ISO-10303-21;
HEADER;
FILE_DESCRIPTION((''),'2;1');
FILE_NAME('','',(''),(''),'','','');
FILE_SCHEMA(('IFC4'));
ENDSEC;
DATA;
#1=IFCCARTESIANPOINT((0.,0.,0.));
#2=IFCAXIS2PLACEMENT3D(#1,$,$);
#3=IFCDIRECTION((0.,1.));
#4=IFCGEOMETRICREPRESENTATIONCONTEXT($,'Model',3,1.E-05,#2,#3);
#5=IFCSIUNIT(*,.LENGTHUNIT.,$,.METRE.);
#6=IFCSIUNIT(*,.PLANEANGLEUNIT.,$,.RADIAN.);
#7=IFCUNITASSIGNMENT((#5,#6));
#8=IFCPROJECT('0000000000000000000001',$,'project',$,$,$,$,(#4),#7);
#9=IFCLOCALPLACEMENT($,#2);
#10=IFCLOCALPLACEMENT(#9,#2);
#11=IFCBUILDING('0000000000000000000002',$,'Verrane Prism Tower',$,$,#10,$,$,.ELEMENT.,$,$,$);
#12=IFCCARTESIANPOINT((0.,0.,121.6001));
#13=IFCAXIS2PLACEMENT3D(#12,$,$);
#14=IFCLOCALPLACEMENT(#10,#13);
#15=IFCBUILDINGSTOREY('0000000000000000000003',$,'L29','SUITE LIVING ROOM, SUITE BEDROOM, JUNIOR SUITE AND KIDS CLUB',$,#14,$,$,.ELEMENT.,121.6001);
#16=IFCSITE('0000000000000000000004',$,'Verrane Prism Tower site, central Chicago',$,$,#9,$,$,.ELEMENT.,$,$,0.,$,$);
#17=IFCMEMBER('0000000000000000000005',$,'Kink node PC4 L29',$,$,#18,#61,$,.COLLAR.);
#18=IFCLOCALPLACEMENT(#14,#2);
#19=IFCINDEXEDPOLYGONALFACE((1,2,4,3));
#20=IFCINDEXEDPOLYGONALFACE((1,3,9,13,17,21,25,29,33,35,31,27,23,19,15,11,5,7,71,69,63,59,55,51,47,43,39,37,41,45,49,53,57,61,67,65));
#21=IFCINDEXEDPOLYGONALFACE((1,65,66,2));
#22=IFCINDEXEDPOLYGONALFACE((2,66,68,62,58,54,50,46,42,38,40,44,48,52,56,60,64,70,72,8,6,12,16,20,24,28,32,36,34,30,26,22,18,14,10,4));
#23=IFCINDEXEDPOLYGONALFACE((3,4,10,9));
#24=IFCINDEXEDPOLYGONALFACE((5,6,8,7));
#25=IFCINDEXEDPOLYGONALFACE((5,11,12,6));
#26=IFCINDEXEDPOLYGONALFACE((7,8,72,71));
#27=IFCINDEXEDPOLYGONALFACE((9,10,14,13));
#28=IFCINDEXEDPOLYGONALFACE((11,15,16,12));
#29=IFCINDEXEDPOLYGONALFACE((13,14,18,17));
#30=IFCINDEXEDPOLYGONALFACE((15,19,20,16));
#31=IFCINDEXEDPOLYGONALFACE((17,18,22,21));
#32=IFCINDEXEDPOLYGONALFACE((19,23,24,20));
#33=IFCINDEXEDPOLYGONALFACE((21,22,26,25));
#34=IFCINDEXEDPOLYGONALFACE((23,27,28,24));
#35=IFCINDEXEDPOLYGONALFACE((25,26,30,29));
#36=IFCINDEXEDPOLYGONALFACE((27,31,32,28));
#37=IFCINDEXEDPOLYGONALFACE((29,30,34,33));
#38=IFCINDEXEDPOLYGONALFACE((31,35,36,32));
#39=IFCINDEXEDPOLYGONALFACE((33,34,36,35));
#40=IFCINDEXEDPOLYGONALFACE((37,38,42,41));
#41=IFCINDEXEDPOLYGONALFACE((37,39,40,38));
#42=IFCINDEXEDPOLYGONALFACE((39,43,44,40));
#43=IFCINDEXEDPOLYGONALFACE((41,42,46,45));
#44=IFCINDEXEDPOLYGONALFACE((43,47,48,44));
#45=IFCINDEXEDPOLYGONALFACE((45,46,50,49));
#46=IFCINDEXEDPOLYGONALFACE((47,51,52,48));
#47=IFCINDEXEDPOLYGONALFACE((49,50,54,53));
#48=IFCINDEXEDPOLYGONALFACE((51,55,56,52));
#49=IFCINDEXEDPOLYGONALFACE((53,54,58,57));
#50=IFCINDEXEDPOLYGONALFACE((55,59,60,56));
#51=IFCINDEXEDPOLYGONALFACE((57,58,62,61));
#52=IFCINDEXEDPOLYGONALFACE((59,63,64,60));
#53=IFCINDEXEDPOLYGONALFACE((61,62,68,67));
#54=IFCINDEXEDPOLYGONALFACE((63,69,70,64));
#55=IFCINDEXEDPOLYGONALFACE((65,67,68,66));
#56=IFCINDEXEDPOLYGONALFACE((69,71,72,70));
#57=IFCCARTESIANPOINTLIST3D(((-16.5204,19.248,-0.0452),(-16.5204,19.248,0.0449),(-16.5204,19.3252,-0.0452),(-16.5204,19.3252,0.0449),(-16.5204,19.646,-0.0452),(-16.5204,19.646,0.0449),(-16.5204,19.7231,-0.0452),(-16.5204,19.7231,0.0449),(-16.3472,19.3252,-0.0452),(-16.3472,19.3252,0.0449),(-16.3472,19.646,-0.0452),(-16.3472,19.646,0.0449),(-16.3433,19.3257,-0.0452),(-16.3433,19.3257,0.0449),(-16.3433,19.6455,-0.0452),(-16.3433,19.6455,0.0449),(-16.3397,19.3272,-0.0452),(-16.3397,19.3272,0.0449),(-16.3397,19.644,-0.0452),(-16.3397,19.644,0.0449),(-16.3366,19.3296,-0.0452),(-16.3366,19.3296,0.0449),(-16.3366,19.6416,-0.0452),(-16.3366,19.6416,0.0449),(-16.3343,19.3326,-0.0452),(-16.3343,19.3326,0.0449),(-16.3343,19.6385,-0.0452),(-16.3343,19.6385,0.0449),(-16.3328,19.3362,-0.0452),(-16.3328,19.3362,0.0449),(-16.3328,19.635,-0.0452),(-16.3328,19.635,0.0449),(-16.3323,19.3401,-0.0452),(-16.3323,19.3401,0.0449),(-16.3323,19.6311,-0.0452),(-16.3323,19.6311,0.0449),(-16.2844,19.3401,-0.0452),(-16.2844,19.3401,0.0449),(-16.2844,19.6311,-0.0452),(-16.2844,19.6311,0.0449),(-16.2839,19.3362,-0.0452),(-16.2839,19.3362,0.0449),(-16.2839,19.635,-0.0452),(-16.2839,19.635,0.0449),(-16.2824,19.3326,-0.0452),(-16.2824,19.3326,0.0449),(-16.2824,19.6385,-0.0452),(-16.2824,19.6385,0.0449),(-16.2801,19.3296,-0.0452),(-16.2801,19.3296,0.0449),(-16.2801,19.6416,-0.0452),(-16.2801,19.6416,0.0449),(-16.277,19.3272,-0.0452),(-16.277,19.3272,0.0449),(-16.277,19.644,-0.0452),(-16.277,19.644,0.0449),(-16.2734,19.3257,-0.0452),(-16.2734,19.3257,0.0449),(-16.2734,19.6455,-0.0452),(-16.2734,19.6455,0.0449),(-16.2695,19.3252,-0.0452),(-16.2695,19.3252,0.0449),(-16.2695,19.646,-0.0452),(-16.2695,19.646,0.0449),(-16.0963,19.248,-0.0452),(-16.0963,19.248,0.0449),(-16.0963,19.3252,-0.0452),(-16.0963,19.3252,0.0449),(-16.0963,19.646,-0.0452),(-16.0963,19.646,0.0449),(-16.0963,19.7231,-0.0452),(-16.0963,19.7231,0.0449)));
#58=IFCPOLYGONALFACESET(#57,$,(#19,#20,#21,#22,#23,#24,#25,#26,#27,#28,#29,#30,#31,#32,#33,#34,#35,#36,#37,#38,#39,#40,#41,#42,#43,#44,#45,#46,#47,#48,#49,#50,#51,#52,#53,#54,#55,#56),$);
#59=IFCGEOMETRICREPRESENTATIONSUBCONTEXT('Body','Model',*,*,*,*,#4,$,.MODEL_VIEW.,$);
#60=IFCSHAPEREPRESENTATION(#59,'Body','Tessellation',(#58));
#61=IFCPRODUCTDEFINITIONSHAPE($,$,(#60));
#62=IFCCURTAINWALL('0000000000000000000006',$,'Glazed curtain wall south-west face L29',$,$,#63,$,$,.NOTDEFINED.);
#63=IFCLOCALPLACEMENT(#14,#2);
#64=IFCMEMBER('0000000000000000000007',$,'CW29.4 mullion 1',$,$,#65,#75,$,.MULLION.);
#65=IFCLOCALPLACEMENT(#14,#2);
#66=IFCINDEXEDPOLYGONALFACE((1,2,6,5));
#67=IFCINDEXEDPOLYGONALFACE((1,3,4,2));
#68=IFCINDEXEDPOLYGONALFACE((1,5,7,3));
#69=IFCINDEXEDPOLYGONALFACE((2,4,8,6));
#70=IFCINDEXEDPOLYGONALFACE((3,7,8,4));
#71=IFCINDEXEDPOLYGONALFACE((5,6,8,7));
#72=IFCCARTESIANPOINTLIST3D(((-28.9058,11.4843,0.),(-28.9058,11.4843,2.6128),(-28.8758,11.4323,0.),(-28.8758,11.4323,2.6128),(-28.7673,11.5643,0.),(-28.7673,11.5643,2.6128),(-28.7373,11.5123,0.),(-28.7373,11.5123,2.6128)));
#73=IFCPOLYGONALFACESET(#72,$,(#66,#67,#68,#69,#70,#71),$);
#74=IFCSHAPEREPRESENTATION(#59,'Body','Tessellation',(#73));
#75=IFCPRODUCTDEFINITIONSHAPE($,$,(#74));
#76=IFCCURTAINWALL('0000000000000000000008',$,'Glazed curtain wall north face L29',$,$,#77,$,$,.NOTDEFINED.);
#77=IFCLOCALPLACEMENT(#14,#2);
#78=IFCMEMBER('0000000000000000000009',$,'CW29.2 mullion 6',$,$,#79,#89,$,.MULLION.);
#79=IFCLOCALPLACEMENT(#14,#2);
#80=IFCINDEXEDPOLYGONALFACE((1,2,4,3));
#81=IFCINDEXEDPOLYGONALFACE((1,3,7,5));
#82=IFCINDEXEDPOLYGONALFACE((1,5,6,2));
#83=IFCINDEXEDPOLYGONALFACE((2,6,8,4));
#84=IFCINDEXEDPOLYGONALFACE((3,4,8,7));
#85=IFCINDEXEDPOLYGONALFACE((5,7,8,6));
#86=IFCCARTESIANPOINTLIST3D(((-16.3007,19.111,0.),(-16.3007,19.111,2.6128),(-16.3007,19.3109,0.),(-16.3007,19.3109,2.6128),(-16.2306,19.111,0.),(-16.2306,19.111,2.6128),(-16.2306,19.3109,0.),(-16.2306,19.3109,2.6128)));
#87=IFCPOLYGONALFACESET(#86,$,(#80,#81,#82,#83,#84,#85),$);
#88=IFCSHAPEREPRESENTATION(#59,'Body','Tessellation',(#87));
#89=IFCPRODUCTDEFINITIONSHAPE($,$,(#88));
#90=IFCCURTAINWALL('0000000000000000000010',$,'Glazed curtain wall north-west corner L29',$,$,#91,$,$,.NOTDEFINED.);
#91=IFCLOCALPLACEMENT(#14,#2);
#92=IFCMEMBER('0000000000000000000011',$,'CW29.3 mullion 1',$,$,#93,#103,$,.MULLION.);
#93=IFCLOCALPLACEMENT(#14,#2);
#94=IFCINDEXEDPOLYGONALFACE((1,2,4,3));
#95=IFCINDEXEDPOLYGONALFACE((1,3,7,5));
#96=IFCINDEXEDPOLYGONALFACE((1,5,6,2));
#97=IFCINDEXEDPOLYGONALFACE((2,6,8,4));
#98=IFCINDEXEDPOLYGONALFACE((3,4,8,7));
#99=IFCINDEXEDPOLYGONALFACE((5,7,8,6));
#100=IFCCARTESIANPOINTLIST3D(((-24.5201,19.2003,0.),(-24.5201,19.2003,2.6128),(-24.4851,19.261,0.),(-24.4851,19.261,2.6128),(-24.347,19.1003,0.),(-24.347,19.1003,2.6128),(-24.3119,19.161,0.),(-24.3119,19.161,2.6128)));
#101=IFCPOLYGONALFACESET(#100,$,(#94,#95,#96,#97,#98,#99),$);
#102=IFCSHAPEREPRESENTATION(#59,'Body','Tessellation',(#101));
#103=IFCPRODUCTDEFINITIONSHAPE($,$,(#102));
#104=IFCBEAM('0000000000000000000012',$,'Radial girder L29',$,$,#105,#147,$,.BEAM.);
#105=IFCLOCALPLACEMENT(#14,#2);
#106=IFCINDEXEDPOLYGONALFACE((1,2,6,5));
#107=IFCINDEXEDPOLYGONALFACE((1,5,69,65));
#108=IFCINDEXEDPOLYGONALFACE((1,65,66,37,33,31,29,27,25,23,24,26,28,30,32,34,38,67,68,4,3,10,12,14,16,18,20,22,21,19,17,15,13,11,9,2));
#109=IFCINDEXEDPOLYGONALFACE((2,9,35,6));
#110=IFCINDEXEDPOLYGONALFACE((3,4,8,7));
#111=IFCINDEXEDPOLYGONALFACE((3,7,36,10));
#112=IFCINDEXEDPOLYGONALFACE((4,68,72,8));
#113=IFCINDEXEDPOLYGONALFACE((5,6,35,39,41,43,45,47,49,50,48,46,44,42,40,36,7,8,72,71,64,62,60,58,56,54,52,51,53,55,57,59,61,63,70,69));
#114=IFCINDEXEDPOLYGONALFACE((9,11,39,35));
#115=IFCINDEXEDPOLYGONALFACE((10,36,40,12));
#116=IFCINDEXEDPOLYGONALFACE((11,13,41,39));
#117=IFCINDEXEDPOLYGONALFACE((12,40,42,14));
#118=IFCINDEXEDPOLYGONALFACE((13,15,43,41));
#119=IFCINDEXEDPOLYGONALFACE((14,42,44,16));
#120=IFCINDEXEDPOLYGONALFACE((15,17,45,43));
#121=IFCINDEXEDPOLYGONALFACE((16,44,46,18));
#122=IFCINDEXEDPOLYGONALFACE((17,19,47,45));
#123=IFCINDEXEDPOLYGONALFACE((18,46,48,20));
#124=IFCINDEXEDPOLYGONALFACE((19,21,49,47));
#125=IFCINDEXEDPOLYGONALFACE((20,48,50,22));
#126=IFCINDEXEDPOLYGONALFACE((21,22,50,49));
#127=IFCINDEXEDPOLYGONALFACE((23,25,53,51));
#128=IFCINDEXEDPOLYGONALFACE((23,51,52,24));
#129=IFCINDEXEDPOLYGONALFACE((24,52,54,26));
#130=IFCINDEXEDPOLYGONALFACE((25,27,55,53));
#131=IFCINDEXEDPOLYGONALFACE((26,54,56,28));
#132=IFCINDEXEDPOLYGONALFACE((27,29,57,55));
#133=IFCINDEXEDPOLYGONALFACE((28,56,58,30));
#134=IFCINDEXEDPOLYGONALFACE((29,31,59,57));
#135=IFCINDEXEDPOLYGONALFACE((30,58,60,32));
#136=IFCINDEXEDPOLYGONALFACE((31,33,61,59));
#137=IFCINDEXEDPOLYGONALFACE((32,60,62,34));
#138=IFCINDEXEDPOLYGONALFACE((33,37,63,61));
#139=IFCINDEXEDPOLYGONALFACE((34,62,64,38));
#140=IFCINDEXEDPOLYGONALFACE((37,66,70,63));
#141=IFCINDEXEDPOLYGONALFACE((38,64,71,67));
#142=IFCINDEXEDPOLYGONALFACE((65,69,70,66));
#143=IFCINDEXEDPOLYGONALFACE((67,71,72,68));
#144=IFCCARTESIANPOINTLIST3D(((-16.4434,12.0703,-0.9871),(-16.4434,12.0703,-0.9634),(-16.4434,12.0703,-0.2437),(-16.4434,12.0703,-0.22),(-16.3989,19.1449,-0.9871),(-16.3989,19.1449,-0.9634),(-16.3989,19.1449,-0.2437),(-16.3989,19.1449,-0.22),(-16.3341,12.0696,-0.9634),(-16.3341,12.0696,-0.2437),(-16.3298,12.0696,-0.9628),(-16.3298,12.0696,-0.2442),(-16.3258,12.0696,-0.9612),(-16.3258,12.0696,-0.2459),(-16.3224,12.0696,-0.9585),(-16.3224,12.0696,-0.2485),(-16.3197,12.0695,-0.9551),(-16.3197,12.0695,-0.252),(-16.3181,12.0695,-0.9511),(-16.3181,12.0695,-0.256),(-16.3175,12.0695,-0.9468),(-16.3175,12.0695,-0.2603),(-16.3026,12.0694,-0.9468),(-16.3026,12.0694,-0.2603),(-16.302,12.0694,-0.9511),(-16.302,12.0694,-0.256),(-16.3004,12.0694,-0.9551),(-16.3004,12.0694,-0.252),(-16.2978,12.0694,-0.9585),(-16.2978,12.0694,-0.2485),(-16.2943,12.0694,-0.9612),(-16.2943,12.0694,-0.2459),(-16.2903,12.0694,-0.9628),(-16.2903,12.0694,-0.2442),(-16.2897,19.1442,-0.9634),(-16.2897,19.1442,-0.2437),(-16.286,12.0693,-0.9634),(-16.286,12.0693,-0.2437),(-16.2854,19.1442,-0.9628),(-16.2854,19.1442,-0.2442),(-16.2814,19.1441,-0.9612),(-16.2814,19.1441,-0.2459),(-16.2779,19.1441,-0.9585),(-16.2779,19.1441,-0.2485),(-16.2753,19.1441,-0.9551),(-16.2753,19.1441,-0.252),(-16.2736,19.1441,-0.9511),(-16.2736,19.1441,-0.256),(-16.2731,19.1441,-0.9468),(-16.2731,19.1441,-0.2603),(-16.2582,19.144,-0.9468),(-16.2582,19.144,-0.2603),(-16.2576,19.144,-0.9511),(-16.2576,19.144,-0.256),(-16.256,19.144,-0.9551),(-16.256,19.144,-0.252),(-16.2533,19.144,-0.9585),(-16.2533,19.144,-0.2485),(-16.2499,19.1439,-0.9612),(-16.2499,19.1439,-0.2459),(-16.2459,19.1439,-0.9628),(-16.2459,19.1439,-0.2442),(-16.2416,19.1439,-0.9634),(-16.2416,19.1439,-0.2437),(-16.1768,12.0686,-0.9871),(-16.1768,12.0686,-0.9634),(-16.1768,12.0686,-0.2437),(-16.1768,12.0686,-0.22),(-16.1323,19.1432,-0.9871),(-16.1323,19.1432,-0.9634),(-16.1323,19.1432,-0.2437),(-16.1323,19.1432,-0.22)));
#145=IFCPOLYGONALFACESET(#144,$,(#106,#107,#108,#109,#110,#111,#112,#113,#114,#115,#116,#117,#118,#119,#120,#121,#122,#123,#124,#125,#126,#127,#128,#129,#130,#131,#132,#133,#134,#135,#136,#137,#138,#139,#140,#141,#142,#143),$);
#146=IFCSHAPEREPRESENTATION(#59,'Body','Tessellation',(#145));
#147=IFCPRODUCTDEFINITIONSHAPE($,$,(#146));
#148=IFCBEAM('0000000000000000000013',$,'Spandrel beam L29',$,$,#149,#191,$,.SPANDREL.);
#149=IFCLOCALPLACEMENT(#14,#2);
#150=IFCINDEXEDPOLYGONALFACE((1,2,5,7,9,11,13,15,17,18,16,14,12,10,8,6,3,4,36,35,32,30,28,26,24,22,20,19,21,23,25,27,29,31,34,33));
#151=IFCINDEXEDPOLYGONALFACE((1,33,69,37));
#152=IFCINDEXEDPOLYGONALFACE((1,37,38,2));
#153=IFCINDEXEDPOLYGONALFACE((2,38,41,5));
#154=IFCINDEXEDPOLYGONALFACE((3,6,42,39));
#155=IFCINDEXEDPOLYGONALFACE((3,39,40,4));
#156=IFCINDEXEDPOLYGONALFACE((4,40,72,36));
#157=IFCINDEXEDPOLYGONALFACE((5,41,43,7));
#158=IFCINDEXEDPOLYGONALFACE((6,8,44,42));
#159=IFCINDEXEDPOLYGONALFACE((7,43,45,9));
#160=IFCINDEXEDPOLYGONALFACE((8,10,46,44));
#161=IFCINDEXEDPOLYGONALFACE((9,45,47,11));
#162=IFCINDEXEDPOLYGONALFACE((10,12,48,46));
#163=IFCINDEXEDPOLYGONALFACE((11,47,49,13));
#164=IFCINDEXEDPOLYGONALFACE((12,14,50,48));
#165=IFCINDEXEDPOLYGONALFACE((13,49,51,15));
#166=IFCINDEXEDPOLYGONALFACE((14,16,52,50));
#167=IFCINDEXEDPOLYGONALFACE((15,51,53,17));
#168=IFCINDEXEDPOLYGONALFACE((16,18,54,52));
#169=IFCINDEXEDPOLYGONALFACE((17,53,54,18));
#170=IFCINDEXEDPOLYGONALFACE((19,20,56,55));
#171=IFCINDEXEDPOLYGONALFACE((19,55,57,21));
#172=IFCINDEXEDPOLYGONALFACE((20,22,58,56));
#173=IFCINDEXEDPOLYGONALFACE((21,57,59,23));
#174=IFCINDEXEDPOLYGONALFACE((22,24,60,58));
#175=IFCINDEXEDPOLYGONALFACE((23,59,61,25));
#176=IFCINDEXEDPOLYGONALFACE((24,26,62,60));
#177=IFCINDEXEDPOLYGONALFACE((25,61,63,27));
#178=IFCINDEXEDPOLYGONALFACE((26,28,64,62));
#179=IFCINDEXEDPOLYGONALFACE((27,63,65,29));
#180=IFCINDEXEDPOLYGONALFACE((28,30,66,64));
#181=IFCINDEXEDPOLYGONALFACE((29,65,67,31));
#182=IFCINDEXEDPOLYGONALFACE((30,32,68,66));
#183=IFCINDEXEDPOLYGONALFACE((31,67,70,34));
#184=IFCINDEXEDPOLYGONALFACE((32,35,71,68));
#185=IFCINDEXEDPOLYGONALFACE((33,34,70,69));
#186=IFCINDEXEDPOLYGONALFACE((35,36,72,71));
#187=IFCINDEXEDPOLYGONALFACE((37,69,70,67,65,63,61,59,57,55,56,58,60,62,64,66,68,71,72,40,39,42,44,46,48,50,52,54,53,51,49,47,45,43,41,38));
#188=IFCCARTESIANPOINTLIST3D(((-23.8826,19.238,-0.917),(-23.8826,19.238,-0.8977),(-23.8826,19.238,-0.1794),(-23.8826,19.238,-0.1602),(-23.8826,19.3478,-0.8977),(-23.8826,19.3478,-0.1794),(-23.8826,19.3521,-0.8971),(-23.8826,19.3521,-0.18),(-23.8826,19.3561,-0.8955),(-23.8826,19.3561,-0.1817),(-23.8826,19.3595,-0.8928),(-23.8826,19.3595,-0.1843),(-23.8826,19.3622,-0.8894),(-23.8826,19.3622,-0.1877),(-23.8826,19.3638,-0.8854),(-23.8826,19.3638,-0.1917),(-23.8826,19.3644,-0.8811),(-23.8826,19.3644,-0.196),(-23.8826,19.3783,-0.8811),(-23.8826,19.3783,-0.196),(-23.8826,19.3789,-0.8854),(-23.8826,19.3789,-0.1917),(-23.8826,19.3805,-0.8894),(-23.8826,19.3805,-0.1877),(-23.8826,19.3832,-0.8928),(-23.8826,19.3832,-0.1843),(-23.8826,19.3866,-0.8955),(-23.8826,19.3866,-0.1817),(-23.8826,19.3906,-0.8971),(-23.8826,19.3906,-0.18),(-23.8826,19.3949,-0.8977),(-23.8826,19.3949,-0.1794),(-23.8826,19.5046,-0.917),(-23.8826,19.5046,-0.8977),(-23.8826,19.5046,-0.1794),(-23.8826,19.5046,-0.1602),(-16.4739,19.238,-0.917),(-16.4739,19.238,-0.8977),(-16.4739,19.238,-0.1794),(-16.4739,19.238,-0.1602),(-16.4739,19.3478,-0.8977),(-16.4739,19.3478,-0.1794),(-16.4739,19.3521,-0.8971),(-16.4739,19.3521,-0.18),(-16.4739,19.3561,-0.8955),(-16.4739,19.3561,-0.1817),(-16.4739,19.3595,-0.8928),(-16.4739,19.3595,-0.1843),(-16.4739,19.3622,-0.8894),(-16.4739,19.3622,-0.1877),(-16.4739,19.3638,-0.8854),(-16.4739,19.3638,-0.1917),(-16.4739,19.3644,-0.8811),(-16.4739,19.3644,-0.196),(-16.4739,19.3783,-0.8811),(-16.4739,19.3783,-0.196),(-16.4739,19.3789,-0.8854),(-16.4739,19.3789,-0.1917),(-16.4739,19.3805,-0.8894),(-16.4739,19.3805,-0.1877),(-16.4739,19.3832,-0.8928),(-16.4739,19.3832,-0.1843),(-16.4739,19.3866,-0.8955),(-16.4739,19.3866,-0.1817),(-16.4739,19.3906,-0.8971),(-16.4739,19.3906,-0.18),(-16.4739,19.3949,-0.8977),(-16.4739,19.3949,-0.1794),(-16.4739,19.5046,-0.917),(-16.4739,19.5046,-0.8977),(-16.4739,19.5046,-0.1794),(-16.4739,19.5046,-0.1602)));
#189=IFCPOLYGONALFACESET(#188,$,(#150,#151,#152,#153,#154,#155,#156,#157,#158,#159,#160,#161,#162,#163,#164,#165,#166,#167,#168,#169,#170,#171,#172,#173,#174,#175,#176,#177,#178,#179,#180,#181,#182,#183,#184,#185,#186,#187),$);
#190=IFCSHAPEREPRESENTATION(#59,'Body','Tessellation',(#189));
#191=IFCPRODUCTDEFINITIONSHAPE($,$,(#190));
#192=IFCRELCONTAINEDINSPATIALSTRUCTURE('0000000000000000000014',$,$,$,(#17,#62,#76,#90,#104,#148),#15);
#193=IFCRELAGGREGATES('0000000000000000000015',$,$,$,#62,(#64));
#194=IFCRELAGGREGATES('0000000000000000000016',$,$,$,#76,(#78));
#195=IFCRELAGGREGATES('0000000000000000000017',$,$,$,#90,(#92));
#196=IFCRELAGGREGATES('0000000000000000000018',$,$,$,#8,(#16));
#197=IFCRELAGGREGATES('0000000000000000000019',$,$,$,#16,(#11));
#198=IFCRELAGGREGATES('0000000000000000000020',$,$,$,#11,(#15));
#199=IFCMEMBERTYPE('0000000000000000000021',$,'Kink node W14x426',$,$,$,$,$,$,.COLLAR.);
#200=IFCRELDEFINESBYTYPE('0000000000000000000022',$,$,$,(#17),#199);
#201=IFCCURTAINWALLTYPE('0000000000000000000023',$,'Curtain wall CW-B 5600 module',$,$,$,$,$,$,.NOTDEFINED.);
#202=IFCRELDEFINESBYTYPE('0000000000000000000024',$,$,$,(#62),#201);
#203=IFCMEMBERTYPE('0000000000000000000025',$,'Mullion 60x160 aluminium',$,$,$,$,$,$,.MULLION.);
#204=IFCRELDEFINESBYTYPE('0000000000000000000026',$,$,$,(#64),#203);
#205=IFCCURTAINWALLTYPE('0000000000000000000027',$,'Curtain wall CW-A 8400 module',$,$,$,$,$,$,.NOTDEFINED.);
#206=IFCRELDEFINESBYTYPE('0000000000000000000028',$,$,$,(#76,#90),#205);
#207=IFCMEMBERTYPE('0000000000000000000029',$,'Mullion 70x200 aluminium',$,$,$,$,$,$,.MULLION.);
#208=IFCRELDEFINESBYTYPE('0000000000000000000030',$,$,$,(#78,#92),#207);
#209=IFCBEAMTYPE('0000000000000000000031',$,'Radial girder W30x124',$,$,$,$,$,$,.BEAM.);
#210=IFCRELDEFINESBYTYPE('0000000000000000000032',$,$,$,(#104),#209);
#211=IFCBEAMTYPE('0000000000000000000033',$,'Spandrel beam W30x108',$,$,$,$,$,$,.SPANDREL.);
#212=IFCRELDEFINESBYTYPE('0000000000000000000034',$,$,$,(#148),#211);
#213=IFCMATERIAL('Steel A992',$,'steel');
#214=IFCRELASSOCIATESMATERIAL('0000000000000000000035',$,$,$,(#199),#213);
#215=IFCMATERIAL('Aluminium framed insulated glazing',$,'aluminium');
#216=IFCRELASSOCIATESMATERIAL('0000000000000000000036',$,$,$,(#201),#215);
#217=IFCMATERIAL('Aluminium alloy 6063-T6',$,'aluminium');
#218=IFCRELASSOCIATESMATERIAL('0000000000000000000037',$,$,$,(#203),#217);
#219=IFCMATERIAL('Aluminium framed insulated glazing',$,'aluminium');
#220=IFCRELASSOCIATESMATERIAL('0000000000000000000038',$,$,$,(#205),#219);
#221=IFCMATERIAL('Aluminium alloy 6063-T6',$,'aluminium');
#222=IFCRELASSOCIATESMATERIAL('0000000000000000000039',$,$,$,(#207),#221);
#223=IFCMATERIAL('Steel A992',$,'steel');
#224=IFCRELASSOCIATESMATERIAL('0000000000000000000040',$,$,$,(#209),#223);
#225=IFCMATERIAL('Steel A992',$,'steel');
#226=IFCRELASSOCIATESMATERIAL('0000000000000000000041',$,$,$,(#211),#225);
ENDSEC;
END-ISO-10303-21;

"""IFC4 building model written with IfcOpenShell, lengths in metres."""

from ifc_helpers import new_model, si_unit, direction, frame, origin, origin_2d, place, context, subcontext, project, spatial, rectangle, i_section, extrude, material, material_profile, profile_set, type_object, element, aggregate, save


model = new_model("IFC4")

# Units and contexts
model_context = context("Model", 3, precision=1e-05, world=origin(), true_north=direction((0.0, 1.0)))
body_context = subcontext(model_context, "Body", "Model", "MODEL_VIEW")
ifc_project = project(units=[si_unit("LENGTHUNIT", "METRE"), si_unit("PLANEANGLEUNIT", "RADIAN")], contexts=[model_context])

# Site, building, storey
site_placement = place(None, origin())
site = spatial("IfcSite", under=ifc_project, at=site_placement, Name="Verrane Prism Tower site, central Chicago", CompositionType="ELEMENT", RefElevation=0.0)
building_placement = place(site_placement, origin())
building = spatial("IfcBuilding", under=site, at=building_placement, Name="Verrane Prism Tower", CompositionType="ELEMENT")
storey_placement = place(building_placement, frame((0.0, 0.0, 121.6001)))
storey = spatial("IfcBuildingStorey", under=building, at=storey_placement, Name="L29", Description="SUITE LIVING ROOM, SUITE BEDROOM, JUNIOR SUITE AND KIDS CLUB", CompositionType="ELEMENT", Elevation=121.6001)

# Member
ifc_material_1 = material(Name="Steel A992", Category="steel")
ifc_material_profile_1 = material_profile(ifc_material_1, i_section(OverallWidth=0.4241, OverallDepth=0.4751, WebThickness=0.0479, FlangeThickness=0.0771, FilletRadius=0.0149, at=origin_2d()), Name="W14x426")
ifc_profile_set_1 = profile_set([ifc_material_profile_1], Name="Steel A992")
member_type_1 = type_object("IfcMemberType", Name="Kink node W14x426", PredefinedType="COLLAR", material=ifc_profile_set_1)
member_1_placement = place(storey_placement, frame((-16.3083, 19.4856, -0.0452), z_axis=(0.0, 0.0, 1.0), x_axis=(1.0, 0.0, 0.0)))
element("IfcMember", 1, at=member_1_placement, inside=storey, type_object=member_type_1, Name="Kink node PC4 L29", PredefinedType="COLLAR", context=body_context, shape_type="SweptSolid", body=[
    extrude(i_section(OverallWidth=0.4241, OverallDepth=0.4751, WebThickness=0.0479, FlangeThickness=0.0771, FilletRadius=0.0149, at=origin_2d()), origin(), (0.0, 0.0, 1.0), 0.0901),
])

# Curtain walls, members
ifc_material_2 = material(Name="Aluminium framed insulated glazing", Category="aluminium")
curtain_wall_type_1 = type_object("IfcCurtainWallType", Name="Curtain wall CW-B 5600 module", PredefinedType="NOTDEFINED", material=ifc_material_2)
curtain_wall_1_placement = place(storey_placement, origin())
curtain_wall_1 = element("IfcCurtainWall", 2, at=curtain_wall_1_placement, inside=storey, type_object=curtain_wall_type_1, Name="Glazed curtain wall south-west face L29", PredefinedType="NOTDEFINED")
ifc_material_3 = material(Name="Aluminium alloy 6063-T6", Category="aluminium")
ifc_material_profile_2 = material_profile(ifc_material_3, rectangle(XDim=0.1599, YDim=0.0601, at=origin_2d()), Name="Mullion 60x160 aluminium")
ifc_profile_set_2 = profile_set([ifc_material_profile_2], Name="Aluminium alloy 6063-T6")
member_type_2 = type_object("IfcMemberType", Name="Mullion 60x160 aluminium", PredefinedType="MULLION", material=ifc_profile_set_2)
member_2_placement = place(storey_placement, frame((-28.8215, 11.4983, 0.0), z_axis=(0.0, 0.0, 1.0), x_axis=(0.866025, 0.5, 0.0)))
member_2 = element("IfcMember", 3, at=member_2_placement, type_object=member_type_2, Name="CW29.4 mullion 1", PredefinedType="MULLION", context=body_context, shape_type="SweptSolid", body=[
    extrude(rectangle(XDim=0.1599, YDim=0.0601, at=origin_2d()), origin(), (0.0, 0.0, 1.0), 2.6128),
])
ifc_material_4 = material(Name="Aluminium framed insulated glazing", Category="aluminium")
curtain_wall_type_2 = type_object("IfcCurtainWallType", Name="Curtain wall CW-A 8400 module", PredefinedType="NOTDEFINED", material=ifc_material_4)
curtain_wall_2_placement = place(storey_placement, origin())
curtain_wall_2 = element("IfcCurtainWall", 4, at=curtain_wall_2_placement, inside=storey, type_object=curtain_wall_type_2, Name="Glazed curtain wall north face L29", PredefinedType="NOTDEFINED")
ifc_material_5 = material(Name="Aluminium alloy 6063-T6", Category="aluminium")
ifc_material_profile_3 = material_profile(ifc_material_5, rectangle(XDim=0.2, YDim=0.0701, at=origin_2d()), Name="Mullion 70x200 aluminium")
ifc_profile_set_3 = profile_set([ifc_material_profile_3], Name="Aluminium alloy 6063-T6")
member_type_3 = type_object("IfcMemberType", Name="Mullion 70x200 aluminium", PredefinedType="MULLION", material=ifc_profile_set_3)
member_3_placement = place(storey_placement, frame((-16.2656, 19.2109, 0.0), z_axis=(0.0, 0.0, 1.0), x_axis=(0.0, -1.0, 0.0)))
member_3 = element("IfcMember", 5, at=member_3_placement, type_object=member_type_3, Name="CW29.2 mullion 6", PredefinedType="MULLION", context=body_context, shape_type="SweptSolid", body=[
    extrude(rectangle(XDim=0.2, YDim=0.0701, at=origin_2d()), origin(), (0.0, 0.0, 1.0), 2.6128),
])
curtain_wall_3_placement = place(storey_placement, origin())
curtain_wall_3 = element("IfcCurtainWall", 6, at=curtain_wall_3_placement, inside=storey, type_object=curtain_wall_type_2, Name="Glazed curtain wall north-west corner L29", PredefinedType="NOTDEFINED")
member_4_placement = place(storey_placement, frame((-24.416, 19.1807, 0.0), z_axis=(0.0, 0.0, 1.0), x_axis=(0.866026, -0.499998, 0.0)))
member_4 = element("IfcMember", 7, at=member_4_placement, type_object=member_type_3, Name="CW29.3 mullion 1", PredefinedType="MULLION", context=body_context, shape_type="SweptSolid", body=[
    extrude(rectangle(XDim=0.2, YDim=0.0701, at=origin_2d()), origin(), (0.0, 0.0, 1.0), 2.6128),
])

# Beams
ifc_material_6 = material(Name="Steel A992", Category="steel")
ifc_material_profile_4 = material_profile(ifc_material_6, i_section(OverallWidth=0.2666, OverallDepth=0.7671, WebThickness=0.0149, FlangeThickness=0.0237, FilletRadius=0.0166, at=origin_2d()), Name="W30x124")
ifc_profile_set_4 = profile_set([ifc_material_profile_4], Name="Steel A992")
beam_type_1 = type_object("IfcBeamType", Name="Radial girder W30x124", PredefinedType="BEAM", material=ifc_profile_set_4)
beam_1_placement = place(storey_placement, frame((-16.2656, 19.144, -0.6035), z_axis=(-0.006281, -0.99998, 0.0), x_axis=(0.99998, -0.006281, 0.0)))
element("IfcBeam", 8, at=beam_1_placement, inside=storey, type_object=beam_type_1, Name="Radial girder L29", PredefinedType="BEAM", context=body_context, shape_type="SweptSolid", body=[
    extrude(i_section(OverallWidth=0.2666, OverallDepth=0.7671, WebThickness=0.0149, FlangeThickness=0.0237, FilletRadius=0.0166, at=origin_2d()), origin(), (0.0, 0.0, 1.0), 7.0747),
])
ifc_material_7 = material(Name="Steel A992", Category="steel")
ifc_material_profile_5 = material_profile(ifc_material_7, i_section(OverallWidth=0.2666, OverallDepth=0.7568, WebThickness=0.0139, FlangeThickness=0.0193, FilletRadius=0.0166, at=origin_2d()), Name="W30x108")
ifc_profile_set_5 = profile_set([ifc_material_profile_5], Name="Steel A992")
beam_type_2 = type_object("IfcBeamType", Name="Spandrel beam W30x108", PredefinedType="SPANDREL", material=ifc_profile_set_5)
beam_2_placement = place(storey_placement, frame((-16.4739, 19.3713, -0.5386), z_axis=(-1.0, 0.0, 0.0), x_axis=(0.0, -1.0, 0.0)))
element("IfcBeam", 9, at=beam_2_placement, inside=storey, type_object=beam_type_2, Name="Spandrel beam L29", PredefinedType="SPANDREL", context=body_context, shape_type="SweptSolid", body=[
    extrude(i_section(OverallWidth=0.2666, OverallDepth=0.7568, WebThickness=0.0139, FlangeThickness=0.0193, FilletRadius=0.0166, at=origin_2d()), origin(), (0.0, 0.0, 1.0), 7.4087),
])

aggregate(curtain_wall_1, [member_2])

aggregate(curtain_wall_2, [member_3])
aggregate(curtain_wall_3, [member_4])

save(model, "model.ifc")
